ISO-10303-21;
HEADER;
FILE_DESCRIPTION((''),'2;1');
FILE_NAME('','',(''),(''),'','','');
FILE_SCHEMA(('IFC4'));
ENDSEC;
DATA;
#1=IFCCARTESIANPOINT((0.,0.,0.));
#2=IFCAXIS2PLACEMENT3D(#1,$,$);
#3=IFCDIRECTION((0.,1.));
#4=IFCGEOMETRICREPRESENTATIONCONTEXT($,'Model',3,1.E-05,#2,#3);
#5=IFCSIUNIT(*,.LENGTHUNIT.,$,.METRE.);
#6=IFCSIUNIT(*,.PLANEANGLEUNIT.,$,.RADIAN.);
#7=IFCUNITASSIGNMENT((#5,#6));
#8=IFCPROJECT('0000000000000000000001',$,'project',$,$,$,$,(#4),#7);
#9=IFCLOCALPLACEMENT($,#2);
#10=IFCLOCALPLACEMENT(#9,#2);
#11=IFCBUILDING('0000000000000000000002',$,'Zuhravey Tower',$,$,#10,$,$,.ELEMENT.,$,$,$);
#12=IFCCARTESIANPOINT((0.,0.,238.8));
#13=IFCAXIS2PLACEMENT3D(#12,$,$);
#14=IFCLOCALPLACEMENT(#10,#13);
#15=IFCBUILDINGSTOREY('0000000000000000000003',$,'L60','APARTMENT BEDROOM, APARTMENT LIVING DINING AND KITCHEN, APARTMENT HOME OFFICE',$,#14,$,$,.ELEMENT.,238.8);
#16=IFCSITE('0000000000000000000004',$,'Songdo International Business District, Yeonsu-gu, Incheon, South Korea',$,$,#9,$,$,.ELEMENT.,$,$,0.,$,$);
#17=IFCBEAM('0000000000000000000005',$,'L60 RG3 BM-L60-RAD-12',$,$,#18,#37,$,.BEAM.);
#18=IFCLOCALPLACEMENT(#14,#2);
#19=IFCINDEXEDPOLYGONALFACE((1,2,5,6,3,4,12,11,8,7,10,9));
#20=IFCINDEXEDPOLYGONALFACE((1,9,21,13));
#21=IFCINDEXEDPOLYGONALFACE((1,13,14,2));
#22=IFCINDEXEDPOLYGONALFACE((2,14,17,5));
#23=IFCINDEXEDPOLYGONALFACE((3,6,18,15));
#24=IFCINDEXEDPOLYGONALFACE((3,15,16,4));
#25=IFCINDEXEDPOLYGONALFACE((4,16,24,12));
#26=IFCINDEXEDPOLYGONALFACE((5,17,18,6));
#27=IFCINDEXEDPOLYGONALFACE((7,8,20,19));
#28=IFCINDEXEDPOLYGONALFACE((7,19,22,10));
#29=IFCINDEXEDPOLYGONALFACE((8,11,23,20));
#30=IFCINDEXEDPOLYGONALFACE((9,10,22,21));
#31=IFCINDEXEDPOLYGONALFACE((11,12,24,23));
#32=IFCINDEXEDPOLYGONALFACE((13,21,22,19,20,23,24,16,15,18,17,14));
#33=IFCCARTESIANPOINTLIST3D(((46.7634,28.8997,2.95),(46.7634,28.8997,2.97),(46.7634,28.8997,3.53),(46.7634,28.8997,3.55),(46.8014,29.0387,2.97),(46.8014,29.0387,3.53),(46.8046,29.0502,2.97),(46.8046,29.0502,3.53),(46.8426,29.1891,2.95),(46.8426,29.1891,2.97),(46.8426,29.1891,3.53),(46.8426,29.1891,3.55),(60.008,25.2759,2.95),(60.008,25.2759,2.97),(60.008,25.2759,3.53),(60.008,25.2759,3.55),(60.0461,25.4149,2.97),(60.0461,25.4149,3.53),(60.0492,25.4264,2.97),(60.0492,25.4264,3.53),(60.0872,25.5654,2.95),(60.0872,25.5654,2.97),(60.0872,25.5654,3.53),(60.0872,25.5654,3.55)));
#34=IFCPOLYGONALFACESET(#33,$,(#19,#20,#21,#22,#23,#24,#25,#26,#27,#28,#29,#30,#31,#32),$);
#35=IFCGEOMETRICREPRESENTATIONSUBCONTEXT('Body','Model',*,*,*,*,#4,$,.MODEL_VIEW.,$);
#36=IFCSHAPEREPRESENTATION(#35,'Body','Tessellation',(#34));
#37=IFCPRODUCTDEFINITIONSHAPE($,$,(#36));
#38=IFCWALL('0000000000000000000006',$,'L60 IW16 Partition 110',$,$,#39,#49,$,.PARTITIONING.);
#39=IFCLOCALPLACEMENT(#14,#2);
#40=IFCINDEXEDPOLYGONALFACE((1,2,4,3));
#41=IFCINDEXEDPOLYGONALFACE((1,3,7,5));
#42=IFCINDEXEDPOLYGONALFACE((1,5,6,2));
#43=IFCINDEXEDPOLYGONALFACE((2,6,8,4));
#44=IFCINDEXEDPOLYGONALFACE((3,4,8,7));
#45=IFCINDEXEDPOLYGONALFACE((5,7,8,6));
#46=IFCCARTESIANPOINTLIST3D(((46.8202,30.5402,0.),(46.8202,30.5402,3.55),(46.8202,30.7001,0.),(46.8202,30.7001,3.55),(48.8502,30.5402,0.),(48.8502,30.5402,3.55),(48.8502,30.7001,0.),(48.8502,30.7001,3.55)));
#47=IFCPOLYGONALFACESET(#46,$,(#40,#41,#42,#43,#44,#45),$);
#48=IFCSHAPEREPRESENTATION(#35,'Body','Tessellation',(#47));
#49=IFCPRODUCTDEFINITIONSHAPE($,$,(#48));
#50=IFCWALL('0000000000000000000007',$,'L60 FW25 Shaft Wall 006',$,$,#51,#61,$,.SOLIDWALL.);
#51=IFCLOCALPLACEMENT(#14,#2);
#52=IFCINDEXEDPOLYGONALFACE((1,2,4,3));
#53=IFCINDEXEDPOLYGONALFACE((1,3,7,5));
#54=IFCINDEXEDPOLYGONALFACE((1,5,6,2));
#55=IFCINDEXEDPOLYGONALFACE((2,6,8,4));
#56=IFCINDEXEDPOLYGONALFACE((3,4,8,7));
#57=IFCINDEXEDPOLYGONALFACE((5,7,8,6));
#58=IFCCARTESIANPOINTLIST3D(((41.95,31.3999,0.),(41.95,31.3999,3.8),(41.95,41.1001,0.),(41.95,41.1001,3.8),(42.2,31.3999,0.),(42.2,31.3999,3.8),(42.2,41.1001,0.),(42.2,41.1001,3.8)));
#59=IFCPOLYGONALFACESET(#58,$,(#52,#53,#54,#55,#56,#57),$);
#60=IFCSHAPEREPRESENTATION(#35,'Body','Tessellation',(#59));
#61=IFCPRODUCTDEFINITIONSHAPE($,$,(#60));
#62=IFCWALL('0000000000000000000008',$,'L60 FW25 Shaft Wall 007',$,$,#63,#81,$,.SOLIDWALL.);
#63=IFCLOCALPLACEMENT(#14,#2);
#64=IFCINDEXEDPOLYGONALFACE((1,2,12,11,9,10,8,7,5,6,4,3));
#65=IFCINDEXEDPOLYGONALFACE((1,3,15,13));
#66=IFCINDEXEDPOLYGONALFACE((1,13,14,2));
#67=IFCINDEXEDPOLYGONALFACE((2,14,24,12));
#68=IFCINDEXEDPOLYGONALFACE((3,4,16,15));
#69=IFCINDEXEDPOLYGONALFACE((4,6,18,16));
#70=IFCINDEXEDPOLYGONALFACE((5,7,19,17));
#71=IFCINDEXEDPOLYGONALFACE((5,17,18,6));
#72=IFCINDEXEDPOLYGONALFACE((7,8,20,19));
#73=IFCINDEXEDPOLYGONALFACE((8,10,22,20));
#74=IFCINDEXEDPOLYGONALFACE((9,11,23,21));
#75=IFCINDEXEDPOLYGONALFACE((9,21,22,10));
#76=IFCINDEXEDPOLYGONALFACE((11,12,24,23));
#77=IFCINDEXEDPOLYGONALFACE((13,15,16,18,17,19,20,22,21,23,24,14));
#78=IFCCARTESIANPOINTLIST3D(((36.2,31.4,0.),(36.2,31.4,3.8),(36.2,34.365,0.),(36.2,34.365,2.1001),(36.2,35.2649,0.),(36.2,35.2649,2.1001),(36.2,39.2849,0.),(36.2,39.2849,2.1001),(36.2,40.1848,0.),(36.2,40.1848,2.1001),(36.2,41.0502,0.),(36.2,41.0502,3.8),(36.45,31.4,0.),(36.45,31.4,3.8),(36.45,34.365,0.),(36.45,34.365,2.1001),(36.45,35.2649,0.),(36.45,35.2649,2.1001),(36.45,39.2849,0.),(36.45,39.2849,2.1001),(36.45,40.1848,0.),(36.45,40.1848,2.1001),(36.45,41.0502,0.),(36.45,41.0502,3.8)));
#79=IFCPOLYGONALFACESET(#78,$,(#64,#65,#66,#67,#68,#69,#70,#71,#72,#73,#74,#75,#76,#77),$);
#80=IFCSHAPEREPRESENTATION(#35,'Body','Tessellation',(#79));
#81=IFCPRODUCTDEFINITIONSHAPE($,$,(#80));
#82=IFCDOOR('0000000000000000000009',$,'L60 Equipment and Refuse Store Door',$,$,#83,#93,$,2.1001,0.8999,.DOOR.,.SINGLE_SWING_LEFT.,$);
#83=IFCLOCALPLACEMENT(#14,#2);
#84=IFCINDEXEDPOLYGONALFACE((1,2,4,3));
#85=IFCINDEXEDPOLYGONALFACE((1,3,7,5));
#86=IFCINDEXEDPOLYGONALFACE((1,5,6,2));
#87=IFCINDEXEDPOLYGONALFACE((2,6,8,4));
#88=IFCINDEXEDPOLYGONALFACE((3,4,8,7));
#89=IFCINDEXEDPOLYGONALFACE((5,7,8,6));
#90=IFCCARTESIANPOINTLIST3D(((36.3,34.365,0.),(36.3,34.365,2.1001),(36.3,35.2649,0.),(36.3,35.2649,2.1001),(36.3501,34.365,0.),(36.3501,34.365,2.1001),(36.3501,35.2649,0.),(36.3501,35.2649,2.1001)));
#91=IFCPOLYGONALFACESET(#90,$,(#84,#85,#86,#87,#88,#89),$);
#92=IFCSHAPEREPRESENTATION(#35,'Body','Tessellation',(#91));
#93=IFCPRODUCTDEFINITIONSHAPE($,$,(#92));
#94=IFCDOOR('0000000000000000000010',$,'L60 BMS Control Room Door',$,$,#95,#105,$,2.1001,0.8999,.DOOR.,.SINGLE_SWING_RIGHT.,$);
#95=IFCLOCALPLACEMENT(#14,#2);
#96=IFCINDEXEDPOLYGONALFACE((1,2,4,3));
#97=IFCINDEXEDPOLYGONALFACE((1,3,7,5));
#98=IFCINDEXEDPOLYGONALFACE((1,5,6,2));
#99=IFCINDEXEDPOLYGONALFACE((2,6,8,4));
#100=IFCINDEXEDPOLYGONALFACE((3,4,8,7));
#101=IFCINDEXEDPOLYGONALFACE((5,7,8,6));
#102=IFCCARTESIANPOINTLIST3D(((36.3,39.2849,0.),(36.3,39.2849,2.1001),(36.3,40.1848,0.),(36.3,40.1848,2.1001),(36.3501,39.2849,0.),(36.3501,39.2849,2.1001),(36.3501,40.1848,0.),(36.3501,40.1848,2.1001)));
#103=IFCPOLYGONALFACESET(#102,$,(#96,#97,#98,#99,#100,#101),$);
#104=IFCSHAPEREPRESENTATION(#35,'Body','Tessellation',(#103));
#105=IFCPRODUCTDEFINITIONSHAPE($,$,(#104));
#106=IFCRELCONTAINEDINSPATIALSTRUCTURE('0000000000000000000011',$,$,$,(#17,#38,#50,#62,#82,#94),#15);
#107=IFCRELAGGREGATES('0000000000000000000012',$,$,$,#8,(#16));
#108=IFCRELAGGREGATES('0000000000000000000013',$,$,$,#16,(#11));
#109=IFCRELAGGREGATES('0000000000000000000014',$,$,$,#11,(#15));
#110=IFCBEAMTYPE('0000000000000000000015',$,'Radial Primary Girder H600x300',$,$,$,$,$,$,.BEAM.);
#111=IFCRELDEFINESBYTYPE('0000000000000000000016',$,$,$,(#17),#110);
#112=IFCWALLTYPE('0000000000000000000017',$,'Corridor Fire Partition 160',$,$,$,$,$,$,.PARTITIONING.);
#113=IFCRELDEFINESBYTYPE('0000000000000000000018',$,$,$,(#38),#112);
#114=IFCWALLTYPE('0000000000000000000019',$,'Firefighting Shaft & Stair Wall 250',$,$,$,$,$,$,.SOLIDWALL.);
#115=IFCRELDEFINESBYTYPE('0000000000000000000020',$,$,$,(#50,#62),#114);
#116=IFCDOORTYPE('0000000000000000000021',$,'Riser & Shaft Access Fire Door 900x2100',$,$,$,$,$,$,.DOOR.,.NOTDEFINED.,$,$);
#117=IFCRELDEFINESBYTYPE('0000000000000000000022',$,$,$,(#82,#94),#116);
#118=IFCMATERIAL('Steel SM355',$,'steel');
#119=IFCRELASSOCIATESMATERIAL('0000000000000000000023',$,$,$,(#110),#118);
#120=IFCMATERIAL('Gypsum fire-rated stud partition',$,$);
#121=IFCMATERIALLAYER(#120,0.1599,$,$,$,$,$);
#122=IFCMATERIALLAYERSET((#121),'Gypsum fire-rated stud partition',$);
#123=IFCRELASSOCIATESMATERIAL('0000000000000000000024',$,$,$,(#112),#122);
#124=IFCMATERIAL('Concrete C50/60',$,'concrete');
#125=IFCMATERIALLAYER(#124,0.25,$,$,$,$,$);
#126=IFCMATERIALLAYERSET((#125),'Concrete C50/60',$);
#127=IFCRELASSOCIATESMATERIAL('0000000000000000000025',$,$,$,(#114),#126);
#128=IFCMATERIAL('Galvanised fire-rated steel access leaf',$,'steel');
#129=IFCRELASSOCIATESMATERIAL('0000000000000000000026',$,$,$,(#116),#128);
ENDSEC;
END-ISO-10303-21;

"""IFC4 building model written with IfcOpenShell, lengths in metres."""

from ifc_helpers import new_model, si_unit, direction, frame, frame_2d, origin, origin_2d, place, context, subcontext, project, spatial, rectangle, i_section, extrude, material, layer, layer_set, material_profile, profile_set, type_object, element, fill, save


model = new_model("IFC4")

# Units and contexts
model_context = context("Model", 3, precision=1e-05, world=origin(), true_north=direction((0.0, 1.0)))
body_context = subcontext(model_context, "Body", "Model", "MODEL_VIEW")
ifc_project = project(units=[si_unit("LENGTHUNIT", "METRE"), si_unit("PLANEANGLEUNIT", "RADIAN")], contexts=[model_context])

# Site, building, storey
site_placement = place(None, origin())
site = spatial("IfcSite", under=ifc_project, at=site_placement, Name="Songdo International Business District, Yeonsu-gu, Incheon, South Korea", CompositionType="ELEMENT", RefElevation=0.0)
building_placement = place(site_placement, origin())
building = spatial("IfcBuilding", under=site, at=building_placement, Name="Zuhravey Tower", CompositionType="ELEMENT")
storey_placement = place(building_placement, frame((0.0, 0.0, 238.8)))
storey = spatial("IfcBuildingStorey", under=building, at=storey_placement, Name="L60", Description="APARTMENT BEDROOM, APARTMENT LIVING DINING AND KITCHEN, APARTMENT HOME OFFICE", CompositionType="ELEMENT", Elevation=238.8)

# Beam
ifc_material_1 = material(Name="Steel SM355", Category="steel")
ifc_material_profile = material_profile(ifc_material_1, i_section(OverallWidth=0.3, OverallDepth=0.6001, WebThickness=0.012, FlangeThickness=0.02, at=origin_2d()), Name="H-600x300x12x20")
ifc_profile_set = profile_set([ifc_material_profile], Name="Steel SM355")
beam_type = type_object("IfcBeamType", Name="Radial Primary Girder H600x300", PredefinedType="BEAM", material=ifc_profile_set)
beam_placement = place(storey_placement, frame((46.803, 29.0444, 3.25), z_axis=(0.964549, -0.263904, 0.0), x_axis=(0.263904, 0.964549, 0.0)))
element("IfcBeam", 1, at=beam_placement, inside=storey, type_object=beam_type, Name="L60 RG3 BM-L60-RAD-12", PredefinedType="BEAM", context=body_context, shape_type="SweptSolid", body=[
    extrude(i_section(OverallWidth=0.3, OverallDepth=0.6001, WebThickness=0.012, FlangeThickness=0.02, at=origin_2d()), origin(), (0.0, 0.0, 1.0), 13.7314),
])

# Walls
ifc_material_2 = material(Name="Gypsum fire-rated stud partition")
ifc_layer_1 = layer(ifc_material_2, 0.1599)
ifc_layer_set_1 = layer_set([ifc_layer_1], Name="Gypsum fire-rated stud partition")
wall_type_1 = type_object("IfcWallType", Name="Corridor Fire Partition 160", PredefinedType="PARTITIONING", material=ifc_layer_set_1)
wall_1_placement = place(storey_placement, frame((46.8201, 30.6201, 0.0), z_axis=(0.0, 0.0, 1.0), x_axis=(1.0, 0.0, 0.0)))
element("IfcWall", 2, at=wall_1_placement, inside=storey, type_object=wall_type_1, Name="L60 IW16 Partition 110", PredefinedType="PARTITIONING", context=body_context, shape_type="SweptSolid", body=[
    extrude(rectangle(XDim=2.03, YDim=0.1599, at=frame_2d((1.0151, 0.0))), origin(), (0.0, 0.0, 1.0), 3.55),
])
ifc_material_3 = material(Name="Concrete C50/60", Category="concrete")
ifc_layer_2 = layer(ifc_material_3, 0.25)
ifc_layer_set_2 = layer_set([ifc_layer_2], Name="Concrete C50/60")
wall_type_2 = type_object("IfcWallType", Name="Firefighting Shaft & Stair Wall 250", PredefinedType="SOLIDWALL", material=ifc_layer_set_2)
wall_2_placement = place(storey_placement, frame((42.075, 31.3999, 0.0), z_axis=(0.0, 0.0, 1.0), x_axis=(0.0, 1.0, 0.0)))
element("IfcWall", 3, at=wall_2_placement, inside=storey, type_object=wall_type_2, Name="L60 FW25 Shaft Wall 006", PredefinedType="SOLIDWALL", context=body_context, shape_type="SweptSolid", body=[
    extrude(rectangle(XDim=9.7002, YDim=0.25, at=frame_2d((4.8501, 0.0))), origin(), (0.0, 0.0, 1.0), 3.8),
])

# Wall, openings, doors
wall_3_placement = place(storey_placement, frame((36.325, 31.3999, 0.0), z_axis=(0.0, 0.0, 1.0), x_axis=(0.0, 1.0, 0.0)))
wall_3 = element("IfcWall", 4, at=wall_3_placement, inside=storey, type_object=wall_type_2, Name="L60 FW25 Shaft Wall 007", PredefinedType="SOLIDWALL", context=body_context, shape_type="SweptSolid", body=[
    extrude(rectangle(XDim=9.6501, YDim=0.25, at=frame_2d((4.8252, 0.0))), origin(), (0.0, 0.0, 1.0), 3.8),
])
opening_1_placement = place(wall_3_placement, frame((2.9651, 0.0, 0.0)))
opening_1 = element("IfcOpeningElement", 5, at=opening_1_placement, cuts=wall_3, PredefinedType="OPENING", context=body_context, shape_type="SweptSolid", body=[
    extrude(rectangle(XDim=0.8999, YDim=2.1001, at=frame_2d((0.45, 1.05))), frame((0.0, 0.137, 0.0), z_axis=(0.0, -1.0, 0.0), x_axis=(1.0, 0.0, 0.0)), (0.0, 0.0, 1.0), 0.2739),
])
opening_2_placement = place(wall_3_placement, frame((7.885, 0.0, 0.0)))
opening_2 = element("IfcOpeningElement", 6, at=opening_2_placement, cuts=wall_3, PredefinedType="OPENING", context=body_context, shape_type="SweptSolid", body=[
    extrude(rectangle(XDim=0.8999, YDim=2.1001, at=frame_2d((0.45, 1.05))), frame((0.0, 0.137, 0.0), z_axis=(0.0, -1.0, 0.0), x_axis=(1.0, 0.0, 0.0)), (0.0, 0.0, 1.0), 0.2739),
])
ifc_material_4 = material(Name="Galvanised fire-rated steel access leaf", Category="steel")
door_type_1 = type_object("IfcDoorType", Name="Riser & Shaft Access Fire Door 900x2100", OperationType="NOTDEFINED", PredefinedType="DOOR", material=ifc_material_4)
door_1_placement = place(opening_1_placement, origin())
door_1 = element("IfcDoor", 7, at=door_1_placement, inside=storey, type_object=door_type_1, Name="L60 Equipment and Refuse Store Door", OperationType="SINGLE_SWING_LEFT", OverallHeight=2.1001, OverallWidth=0.8999, PredefinedType="DOOR", context=body_context, shape_type="SweptSolid", body=[
    extrude(rectangle(XDim=0.8999, YDim=2.1001, at=frame_2d((0.45, 1.05))), frame((0.0, 0.0249, 0.0), z_axis=(0.0, -1.0, 0.0), x_axis=(1.0, 0.0, 0.0)), (0.0, 0.0, 1.0), 0.05),
])
fill(opening_1, door_1)
door_2_placement = place(opening_2_placement, origin())
door_2 = element("IfcDoor", 8, at=door_2_placement, inside=storey, type_object=door_type_1, Name="L60 BMS Control Room Door", OperationType="SINGLE_SWING_RIGHT", OverallHeight=2.1001, OverallWidth=0.8999, PredefinedType="DOOR", context=body_context, shape_type="SweptSolid", body=[
    extrude(rectangle(XDim=0.8999, YDim=2.1001, at=frame_2d((0.45, 1.05))), frame((0.0, 0.0249, 0.0), z_axis=(0.0, -1.0, 0.0), x_axis=(1.0, 0.0, 0.0)), (0.0, 0.0, 1.0), 0.05),
])
fill(opening_2, door_2)

save(model, "model.ifc")
